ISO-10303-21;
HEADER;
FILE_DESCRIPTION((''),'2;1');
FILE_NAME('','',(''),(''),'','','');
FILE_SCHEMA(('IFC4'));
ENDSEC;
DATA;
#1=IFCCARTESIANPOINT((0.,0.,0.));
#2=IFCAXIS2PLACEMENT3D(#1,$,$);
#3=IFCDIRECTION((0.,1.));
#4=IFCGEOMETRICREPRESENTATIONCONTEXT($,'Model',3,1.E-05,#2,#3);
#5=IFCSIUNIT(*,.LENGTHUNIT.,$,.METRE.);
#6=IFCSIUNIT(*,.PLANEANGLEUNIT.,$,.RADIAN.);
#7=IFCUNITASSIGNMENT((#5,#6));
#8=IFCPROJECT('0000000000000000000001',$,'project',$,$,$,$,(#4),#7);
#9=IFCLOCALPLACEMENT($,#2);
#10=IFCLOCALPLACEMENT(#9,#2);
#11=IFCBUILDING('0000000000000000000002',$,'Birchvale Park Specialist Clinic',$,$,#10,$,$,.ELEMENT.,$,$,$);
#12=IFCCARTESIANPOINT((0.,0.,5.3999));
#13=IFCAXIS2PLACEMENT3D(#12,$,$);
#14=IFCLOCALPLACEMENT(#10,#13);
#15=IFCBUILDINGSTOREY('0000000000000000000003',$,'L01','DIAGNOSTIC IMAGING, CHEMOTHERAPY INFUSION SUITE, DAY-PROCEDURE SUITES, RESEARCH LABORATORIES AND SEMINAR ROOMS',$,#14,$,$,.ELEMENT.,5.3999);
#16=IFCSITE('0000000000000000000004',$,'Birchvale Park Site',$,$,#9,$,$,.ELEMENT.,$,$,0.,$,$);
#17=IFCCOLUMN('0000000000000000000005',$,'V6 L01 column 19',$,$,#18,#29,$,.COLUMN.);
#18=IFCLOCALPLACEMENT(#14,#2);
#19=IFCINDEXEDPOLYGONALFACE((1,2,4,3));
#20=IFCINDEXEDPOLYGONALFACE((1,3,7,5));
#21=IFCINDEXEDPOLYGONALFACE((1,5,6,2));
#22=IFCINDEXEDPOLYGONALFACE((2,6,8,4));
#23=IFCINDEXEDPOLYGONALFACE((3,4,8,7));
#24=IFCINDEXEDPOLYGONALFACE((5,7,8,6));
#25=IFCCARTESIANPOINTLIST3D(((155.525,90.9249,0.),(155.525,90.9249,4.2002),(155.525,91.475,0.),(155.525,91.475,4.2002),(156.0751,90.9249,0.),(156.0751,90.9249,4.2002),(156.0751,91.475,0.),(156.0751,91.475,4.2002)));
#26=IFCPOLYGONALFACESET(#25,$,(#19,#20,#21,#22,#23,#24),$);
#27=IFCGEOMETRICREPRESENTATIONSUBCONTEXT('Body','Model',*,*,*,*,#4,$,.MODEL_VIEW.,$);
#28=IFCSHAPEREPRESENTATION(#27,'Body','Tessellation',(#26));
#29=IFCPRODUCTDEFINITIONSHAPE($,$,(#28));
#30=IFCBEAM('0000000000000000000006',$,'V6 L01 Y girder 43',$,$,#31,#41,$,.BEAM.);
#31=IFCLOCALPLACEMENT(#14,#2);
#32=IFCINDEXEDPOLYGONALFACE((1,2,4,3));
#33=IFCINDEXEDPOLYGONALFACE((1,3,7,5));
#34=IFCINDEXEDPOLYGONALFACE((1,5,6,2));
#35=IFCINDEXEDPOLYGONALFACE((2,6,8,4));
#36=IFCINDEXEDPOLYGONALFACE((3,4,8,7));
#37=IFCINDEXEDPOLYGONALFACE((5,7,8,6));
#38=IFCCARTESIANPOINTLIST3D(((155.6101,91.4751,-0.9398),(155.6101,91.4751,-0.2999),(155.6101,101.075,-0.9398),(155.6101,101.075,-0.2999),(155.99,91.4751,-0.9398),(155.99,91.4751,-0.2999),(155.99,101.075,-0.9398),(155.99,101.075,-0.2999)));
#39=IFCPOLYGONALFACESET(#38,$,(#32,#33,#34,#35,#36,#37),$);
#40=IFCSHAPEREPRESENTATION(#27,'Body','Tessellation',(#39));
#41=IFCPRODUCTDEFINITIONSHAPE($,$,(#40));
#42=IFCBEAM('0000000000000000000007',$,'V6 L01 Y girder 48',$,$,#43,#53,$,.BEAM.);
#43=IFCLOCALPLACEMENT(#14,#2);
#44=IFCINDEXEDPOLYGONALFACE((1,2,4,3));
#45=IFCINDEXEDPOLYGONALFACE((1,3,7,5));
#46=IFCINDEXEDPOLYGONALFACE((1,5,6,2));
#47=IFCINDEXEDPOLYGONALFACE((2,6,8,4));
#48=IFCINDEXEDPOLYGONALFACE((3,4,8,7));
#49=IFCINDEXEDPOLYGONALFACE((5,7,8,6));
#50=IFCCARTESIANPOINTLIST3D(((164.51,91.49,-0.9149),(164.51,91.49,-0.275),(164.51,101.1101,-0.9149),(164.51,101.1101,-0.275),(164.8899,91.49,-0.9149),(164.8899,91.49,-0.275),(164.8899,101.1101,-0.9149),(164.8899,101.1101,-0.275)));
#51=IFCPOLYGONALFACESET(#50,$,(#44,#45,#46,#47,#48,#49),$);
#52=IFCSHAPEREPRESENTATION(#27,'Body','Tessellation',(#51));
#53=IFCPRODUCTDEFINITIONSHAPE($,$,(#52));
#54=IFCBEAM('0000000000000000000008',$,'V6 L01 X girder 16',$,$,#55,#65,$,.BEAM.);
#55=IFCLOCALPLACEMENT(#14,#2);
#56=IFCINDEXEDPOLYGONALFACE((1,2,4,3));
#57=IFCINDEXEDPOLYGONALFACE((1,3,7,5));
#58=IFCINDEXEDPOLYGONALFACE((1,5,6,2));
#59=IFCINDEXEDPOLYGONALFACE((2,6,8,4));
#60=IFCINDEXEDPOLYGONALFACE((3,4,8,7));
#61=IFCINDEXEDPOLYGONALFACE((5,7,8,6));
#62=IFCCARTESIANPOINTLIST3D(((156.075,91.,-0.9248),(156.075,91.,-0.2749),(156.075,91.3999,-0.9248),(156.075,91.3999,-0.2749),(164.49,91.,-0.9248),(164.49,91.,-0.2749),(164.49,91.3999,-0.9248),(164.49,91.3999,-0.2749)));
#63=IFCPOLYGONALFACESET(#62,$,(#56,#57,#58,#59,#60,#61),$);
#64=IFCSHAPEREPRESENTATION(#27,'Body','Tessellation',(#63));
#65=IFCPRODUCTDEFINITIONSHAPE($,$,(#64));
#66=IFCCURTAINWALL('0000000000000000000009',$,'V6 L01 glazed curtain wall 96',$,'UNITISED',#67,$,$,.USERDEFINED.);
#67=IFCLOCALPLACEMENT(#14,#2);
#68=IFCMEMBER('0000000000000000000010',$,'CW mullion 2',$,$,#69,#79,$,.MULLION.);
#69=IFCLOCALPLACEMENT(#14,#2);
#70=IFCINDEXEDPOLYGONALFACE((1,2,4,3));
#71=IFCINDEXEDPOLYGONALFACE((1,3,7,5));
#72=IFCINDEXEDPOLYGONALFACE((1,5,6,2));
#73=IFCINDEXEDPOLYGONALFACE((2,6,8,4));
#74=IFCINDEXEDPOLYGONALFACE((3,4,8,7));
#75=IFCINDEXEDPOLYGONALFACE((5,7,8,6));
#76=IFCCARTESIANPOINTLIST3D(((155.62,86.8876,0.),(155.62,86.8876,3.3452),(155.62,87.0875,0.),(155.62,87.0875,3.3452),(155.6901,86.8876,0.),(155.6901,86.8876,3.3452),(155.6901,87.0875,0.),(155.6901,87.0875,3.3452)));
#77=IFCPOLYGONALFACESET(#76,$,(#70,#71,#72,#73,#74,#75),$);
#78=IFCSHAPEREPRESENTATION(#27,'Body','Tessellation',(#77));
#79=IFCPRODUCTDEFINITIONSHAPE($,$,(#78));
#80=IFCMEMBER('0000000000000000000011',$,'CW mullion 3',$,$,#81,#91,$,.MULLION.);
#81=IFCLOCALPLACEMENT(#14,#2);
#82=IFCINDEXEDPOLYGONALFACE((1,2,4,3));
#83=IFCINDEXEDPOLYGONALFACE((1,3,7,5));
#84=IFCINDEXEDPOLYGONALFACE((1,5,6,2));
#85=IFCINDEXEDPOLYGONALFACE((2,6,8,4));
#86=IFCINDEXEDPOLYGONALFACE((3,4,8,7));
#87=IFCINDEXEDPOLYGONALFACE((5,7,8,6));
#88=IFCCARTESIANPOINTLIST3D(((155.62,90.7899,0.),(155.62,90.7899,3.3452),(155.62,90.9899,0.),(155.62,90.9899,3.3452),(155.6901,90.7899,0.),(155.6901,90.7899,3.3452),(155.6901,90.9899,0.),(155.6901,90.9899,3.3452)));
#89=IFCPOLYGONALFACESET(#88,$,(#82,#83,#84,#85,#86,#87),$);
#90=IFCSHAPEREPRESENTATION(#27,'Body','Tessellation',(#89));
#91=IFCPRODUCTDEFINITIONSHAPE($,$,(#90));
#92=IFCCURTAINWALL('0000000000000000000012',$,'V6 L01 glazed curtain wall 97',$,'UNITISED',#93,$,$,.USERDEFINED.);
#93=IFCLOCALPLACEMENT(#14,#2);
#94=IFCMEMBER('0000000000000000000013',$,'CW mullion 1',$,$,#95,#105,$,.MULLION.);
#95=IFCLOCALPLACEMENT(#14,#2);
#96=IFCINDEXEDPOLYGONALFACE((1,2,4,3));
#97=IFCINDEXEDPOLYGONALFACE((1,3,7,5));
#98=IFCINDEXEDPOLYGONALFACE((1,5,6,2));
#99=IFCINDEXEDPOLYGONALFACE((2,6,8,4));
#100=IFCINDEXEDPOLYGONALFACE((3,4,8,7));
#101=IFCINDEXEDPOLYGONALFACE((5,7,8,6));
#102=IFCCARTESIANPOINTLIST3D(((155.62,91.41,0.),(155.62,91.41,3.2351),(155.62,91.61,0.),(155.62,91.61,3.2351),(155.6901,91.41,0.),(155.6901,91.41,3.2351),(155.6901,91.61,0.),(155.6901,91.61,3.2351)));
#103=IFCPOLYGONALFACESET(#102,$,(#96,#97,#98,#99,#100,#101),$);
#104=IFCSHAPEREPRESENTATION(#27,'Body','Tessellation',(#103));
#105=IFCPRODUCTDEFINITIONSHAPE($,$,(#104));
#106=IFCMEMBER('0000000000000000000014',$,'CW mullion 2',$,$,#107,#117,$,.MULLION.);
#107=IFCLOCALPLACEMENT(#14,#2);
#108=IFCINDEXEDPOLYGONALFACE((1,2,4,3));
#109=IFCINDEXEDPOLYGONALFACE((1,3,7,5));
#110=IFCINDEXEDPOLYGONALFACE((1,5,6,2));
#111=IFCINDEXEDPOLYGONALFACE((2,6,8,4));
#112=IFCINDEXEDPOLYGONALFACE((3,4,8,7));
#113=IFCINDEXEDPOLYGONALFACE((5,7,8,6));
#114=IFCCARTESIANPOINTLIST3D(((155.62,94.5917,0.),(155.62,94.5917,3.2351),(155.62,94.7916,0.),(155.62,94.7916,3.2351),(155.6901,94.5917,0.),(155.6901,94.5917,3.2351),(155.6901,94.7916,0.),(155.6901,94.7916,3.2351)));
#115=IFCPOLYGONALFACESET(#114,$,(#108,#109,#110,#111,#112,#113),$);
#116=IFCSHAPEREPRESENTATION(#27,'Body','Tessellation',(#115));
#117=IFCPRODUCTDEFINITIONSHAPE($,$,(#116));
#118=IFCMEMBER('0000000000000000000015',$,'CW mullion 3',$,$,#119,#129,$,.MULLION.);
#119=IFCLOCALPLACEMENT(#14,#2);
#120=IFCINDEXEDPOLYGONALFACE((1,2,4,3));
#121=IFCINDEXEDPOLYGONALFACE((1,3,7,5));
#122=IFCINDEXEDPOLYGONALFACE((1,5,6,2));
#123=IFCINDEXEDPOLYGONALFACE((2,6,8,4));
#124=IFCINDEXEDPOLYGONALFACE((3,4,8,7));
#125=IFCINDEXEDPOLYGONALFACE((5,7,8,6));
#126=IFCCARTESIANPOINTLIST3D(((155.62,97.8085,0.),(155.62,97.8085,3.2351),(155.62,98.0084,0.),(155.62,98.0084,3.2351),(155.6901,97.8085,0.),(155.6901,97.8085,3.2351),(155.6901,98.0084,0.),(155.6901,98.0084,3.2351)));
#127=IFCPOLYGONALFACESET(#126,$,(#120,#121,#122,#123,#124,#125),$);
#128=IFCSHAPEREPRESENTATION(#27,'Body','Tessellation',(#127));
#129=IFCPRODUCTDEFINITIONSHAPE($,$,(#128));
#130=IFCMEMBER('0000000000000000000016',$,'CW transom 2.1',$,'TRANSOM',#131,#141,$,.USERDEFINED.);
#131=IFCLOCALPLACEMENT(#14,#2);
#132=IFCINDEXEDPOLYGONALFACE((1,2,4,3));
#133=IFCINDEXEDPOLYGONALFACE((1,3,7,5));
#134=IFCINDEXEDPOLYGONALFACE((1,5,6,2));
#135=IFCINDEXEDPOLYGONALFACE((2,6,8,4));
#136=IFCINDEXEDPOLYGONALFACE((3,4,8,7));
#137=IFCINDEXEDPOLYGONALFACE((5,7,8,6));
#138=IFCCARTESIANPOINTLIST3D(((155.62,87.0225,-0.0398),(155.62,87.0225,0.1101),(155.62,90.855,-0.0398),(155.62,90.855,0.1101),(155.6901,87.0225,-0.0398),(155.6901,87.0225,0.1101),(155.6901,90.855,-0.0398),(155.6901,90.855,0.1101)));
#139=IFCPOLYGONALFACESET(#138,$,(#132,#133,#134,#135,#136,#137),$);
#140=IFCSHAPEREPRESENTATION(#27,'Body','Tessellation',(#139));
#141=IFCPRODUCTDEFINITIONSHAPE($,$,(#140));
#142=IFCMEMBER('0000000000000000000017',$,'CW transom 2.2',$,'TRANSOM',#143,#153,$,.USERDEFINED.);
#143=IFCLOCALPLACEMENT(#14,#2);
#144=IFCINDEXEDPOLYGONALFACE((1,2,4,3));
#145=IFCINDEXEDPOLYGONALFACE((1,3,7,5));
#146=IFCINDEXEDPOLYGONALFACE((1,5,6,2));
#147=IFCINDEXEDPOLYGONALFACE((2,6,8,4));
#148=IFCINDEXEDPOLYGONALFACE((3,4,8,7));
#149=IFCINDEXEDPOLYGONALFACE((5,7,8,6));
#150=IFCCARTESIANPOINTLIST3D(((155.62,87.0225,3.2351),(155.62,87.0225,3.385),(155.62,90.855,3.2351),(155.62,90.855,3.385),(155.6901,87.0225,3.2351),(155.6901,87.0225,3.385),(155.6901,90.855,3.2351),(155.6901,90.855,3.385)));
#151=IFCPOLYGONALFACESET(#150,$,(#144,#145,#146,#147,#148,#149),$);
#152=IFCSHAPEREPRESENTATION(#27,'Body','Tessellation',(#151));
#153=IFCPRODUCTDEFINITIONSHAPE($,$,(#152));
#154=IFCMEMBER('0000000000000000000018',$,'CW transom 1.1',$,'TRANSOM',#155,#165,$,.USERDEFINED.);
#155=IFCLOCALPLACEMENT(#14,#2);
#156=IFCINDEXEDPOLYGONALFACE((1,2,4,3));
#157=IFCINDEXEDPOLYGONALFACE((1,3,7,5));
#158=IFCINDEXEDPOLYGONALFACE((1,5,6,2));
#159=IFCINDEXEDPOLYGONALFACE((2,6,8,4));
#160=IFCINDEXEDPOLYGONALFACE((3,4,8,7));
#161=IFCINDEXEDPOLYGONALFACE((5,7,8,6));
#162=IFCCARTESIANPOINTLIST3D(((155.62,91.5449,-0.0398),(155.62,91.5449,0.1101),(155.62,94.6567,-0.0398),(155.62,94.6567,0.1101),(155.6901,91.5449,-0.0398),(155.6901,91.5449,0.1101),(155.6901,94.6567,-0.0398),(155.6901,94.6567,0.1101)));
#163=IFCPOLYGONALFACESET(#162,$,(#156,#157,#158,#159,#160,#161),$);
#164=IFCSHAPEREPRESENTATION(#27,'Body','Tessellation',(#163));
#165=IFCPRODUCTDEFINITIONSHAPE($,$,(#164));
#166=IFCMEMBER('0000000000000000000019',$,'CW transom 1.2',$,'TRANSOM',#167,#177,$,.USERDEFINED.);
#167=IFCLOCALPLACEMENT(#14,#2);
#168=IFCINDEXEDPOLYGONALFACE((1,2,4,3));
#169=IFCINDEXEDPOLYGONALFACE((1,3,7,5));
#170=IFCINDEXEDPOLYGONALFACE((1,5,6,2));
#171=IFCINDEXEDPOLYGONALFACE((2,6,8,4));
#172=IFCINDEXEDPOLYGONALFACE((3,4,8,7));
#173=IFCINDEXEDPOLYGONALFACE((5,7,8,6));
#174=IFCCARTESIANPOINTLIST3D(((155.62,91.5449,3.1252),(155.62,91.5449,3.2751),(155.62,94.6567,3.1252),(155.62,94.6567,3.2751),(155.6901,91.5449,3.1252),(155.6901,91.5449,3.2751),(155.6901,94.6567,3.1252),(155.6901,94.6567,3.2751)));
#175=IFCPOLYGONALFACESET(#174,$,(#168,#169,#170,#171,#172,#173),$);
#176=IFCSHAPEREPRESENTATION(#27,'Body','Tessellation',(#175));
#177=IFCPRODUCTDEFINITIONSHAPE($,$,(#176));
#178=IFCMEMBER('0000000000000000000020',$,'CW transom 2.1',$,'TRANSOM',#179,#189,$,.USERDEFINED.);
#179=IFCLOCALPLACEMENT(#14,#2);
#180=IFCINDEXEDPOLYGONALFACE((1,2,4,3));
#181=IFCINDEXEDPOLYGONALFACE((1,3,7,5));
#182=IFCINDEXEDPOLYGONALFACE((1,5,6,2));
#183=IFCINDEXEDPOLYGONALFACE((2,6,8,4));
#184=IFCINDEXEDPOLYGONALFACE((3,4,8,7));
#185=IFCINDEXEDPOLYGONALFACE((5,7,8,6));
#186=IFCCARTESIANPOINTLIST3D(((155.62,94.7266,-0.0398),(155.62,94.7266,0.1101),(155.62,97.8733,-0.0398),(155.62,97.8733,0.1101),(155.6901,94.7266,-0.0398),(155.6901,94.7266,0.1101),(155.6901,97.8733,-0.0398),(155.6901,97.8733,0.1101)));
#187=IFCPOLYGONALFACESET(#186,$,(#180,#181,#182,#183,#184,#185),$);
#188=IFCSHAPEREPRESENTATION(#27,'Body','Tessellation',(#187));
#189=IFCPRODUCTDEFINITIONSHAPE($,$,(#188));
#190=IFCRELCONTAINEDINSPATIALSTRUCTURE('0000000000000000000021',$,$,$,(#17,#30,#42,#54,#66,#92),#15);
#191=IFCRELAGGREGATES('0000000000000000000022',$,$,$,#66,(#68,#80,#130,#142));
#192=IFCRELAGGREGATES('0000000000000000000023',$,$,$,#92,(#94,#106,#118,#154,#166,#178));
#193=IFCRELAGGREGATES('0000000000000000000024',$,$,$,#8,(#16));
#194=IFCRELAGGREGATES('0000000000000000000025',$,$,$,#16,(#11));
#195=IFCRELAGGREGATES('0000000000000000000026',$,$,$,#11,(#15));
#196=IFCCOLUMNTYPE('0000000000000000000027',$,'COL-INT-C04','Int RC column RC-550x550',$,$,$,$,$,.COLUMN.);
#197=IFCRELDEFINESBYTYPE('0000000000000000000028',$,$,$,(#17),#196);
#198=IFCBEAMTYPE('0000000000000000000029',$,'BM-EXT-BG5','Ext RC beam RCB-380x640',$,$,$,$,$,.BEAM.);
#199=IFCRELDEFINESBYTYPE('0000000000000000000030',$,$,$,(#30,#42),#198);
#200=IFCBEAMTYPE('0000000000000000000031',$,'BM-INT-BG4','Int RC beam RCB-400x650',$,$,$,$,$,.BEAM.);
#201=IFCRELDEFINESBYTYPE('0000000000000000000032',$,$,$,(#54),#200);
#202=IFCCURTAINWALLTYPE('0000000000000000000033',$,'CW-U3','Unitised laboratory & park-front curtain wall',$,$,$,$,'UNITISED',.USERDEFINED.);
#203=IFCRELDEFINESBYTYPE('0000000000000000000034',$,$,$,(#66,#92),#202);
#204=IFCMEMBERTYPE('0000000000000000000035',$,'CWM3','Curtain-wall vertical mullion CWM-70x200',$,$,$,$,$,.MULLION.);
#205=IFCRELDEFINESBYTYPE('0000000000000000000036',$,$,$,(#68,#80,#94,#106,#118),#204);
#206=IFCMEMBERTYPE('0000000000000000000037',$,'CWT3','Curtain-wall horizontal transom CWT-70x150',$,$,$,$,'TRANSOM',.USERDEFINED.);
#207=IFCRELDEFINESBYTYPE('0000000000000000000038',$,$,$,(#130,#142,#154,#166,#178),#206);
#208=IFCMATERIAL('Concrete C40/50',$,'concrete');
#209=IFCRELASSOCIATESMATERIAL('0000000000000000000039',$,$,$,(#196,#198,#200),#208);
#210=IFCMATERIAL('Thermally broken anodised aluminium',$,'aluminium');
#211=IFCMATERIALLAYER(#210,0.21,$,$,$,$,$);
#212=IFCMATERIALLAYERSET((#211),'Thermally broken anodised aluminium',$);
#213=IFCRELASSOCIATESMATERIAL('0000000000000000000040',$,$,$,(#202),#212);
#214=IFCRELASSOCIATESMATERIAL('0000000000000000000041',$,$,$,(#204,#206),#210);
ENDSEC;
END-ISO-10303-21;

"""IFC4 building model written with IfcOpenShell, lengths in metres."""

from ifc_helpers import new_model, si_unit, direction, frame, origin, origin_2d, place, context, subcontext, project, spatial, rectangle, extrude, material, layer, layer_set, material_profile, profile_set, type_object, element, aggregate, save


model = new_model("IFC4")

# Units and contexts
model_context = context("Model", 3, precision=1e-05, world=origin(), true_north=direction((0.0, 1.0)))
body_context = subcontext(model_context, "Body", "Model", "MODEL_VIEW")
ifc_project = project(units=[si_unit("LENGTHUNIT", "METRE"), si_unit("PLANEANGLEUNIT", "RADIAN")], contexts=[model_context])

# Site, building, storey
site_placement = place(None, origin())
site = spatial("IfcSite", under=ifc_project, at=site_placement, Name="Birchvale Park Site", CompositionType="ELEMENT", RefElevation=0.0)
building_placement = place(site_placement, origin())
building = spatial("IfcBuilding", under=site, at=building_placement, Name="Birchvale Park Specialist Clinic", CompositionType="ELEMENT")
storey_placement = place(building_placement, frame((0.0, 0.0, 5.3999)))
storey = spatial("IfcBuildingStorey", under=building, at=storey_placement, Name="L01", Description="DIAGNOSTIC IMAGING, CHEMOTHERAPY INFUSION SUITE, DAY-PROCEDURE SUITES, RESEARCH LABORATORIES AND SEMINAR ROOMS", CompositionType="ELEMENT", Elevation=5.3999)

# Column
ifc_material_1 = material(Name="Concrete C40/50", Category="concrete")
ifc_material_profile_1 = material_profile(ifc_material_1, rectangle(XDim=0.55, YDim=0.55, at=origin_2d()), Name="RC-550x550")
ifc_profile_set_1 = profile_set([ifc_material_profile_1], Name="Concrete C40/50")
column_type = type_object("IfcColumnType", Name="COL-INT-C04", Description="Int RC column RC-550x550", PredefinedType="COLUMN", material=ifc_profile_set_1)
column_placement = place(storey_placement, frame((155.8, 91.2, 0.0), z_axis=(0.0, 0.0, 1.0), x_axis=(1.0, 0.0, 0.0)))
element("IfcColumn", 1, at=column_placement, inside=storey, type_object=column_type, Name="V6 L01 column 19", PredefinedType="COLUMN", context=body_context, shape_type="SweptSolid", body=[
    extrude(rectangle(XDim=0.55, YDim=0.55, at=origin_2d()), origin(), (0.0, 0.0, 1.0), 4.2002),
])

# Beams
ifc_material_profile_2 = material_profile(ifc_material_1, rectangle(XDim=0.3799, YDim=0.6399, at=origin_2d()), Name="RCB-380x640")
ifc_profile_set_2 = profile_set([ifc_material_profile_2], Name="Concrete C40/50")
beam_type_1 = type_object("IfcBeamType", Name="BM-EXT-BG5", Description="Ext RC beam RCB-380x640", PredefinedType="BEAM", material=ifc_profile_set_2)
beam_1_placement = place(storey_placement, frame((155.8, 91.4751, -0.6199), z_axis=(0.0, 1.0, 0.0), x_axis=(-1.0, 0.0, 0.0)))
element("IfcBeam", 2, at=beam_1_placement, inside=storey, type_object=beam_type_1, Name="V6 L01 Y girder 43", PredefinedType="BEAM", context=body_context, shape_type="SweptSolid", body=[
    extrude(rectangle(XDim=0.3799, YDim=0.6399, at=origin_2d()), origin(), (0.0, 0.0, 1.0), 9.5999),
])
beam_2_placement = place(storey_placement, frame((164.7, 91.49, -0.595), z_axis=(0.0, 1.0, 0.0), x_axis=(-1.0, 0.0, 0.0)))
element("IfcBeam", 3, at=beam_2_placement, inside=storey, type_object=beam_type_1, Name="V6 L01 Y girder 48", PredefinedType="BEAM", context=body_context, shape_type="SweptSolid", body=[
    extrude(rectangle(XDim=0.3799, YDim=0.6399, at=origin_2d()), origin(), (0.0, 0.0, 1.0), 9.6201),
])
ifc_material_profile_3 = material_profile(ifc_material_1, rectangle(XDim=0.3999, YDim=0.6499, at=origin_2d()), Name="RCB-400x650")
ifc_profile_set_3 = profile_set([ifc_material_profile_3], Name="Concrete C40/50")
beam_type_2 = type_object("IfcBeamType", Name="BM-INT-BG4", Description="Int RC beam RCB-400x650", PredefinedType="BEAM", material=ifc_profile_set_3)
beam_3_placement = place(storey_placement, frame((156.075, 91.2, -0.5999), z_axis=(1.0, 0.0, 0.0), x_axis=(0.0, 1.0, 0.0)))
element("IfcBeam", 4, at=beam_3_placement, inside=storey, type_object=beam_type_2, Name="V6 L01 X girder 16", PredefinedType="BEAM", context=body_context, shape_type="SweptSolid", body=[
    extrude(rectangle(XDim=0.3999, YDim=0.6499, at=origin_2d()), origin(), (0.0, 0.0, 1.0), 8.415),
])

# Curtain walls, members
ifc_material_2 = material(Name="Thermally broken anodised aluminium", Category="aluminium")
ifc_layer_1 = layer(ifc_material_2, 0.21)
ifc_layer_set_1 = layer_set([ifc_layer_1], Name="Thermally broken anodised aluminium")
curtain_wall_type = type_object("IfcCurtainWallType", Name="CW-U3", Description="Unitised laboratory & park-front curtain wall", ElementType="UNITISED", PredefinedType="USERDEFINED", material=ifc_layer_set_1)
curtain_wall_1_placement = place(storey_placement, origin())
curtain_wall_1 = element("IfcCurtainWall", 5, at=curtain_wall_1_placement, inside=storey, type_object=curtain_wall_type, Name="V6 L01 glazed curtain wall 96", ObjectType="UNITISED", PredefinedType="USERDEFINED")
ifc_material_profile_4 = material_profile(ifc_material_2, rectangle(XDim=0.0701, YDim=0.2, at=origin_2d()), Name="CWM-70x200")
ifc_profile_set_4 = profile_set([ifc_material_profile_4], Name="Thermally broken anodised aluminium")
member_type_1 = type_object("IfcMemberType", Name="CWM3", Description="Curtain-wall vertical mullion CWM-70x200", PredefinedType="MULLION", material=ifc_profile_set_4)
member_1_placement = place(storey_placement, frame((155.655, 86.9875, 0.0), z_axis=(0.0, 0.0, 1.0), x_axis=(-1.0, 0.0, 0.0)))
member_1 = element("IfcMember", 6, at=member_1_placement, type_object=member_type_1, Name="CW mullion 2", PredefinedType="MULLION", context=body_context, shape_type="SweptSolid", body=[
    extrude(rectangle(XDim=0.0701, YDim=0.2, at=origin_2d()), origin(), (0.0, 0.0, 1.0), 3.3452),
])
member_2_placement = place(storey_placement, frame((155.655, 90.8899, 0.0), z_axis=(0.0, 0.0, 1.0), x_axis=(-1.0, 0.0, 0.0)))
member_2 = element("IfcMember", 7, at=member_2_placement, type_object=member_type_1, Name="CW mullion 3", PredefinedType="MULLION", context=body_context, shape_type="SweptSolid", body=[
    extrude(rectangle(XDim=0.0701, YDim=0.2, at=origin_2d()), origin(), (0.0, 0.0, 1.0), 3.3452),
])
curtain_wall_2_placement = place(storey_placement, origin())
curtain_wall_2 = element("IfcCurtainWall", 8, at=curtain_wall_2_placement, inside=storey, type_object=curtain_wall_type, Name="V6 L01 glazed curtain wall 97", ObjectType="UNITISED", PredefinedType="USERDEFINED")
member_3_placement = place(storey_placement, frame((155.655, 91.51, 0.0), z_axis=(0.0, 0.0, 1.0), x_axis=(-1.0, 0.0, 0.0)))
member_3 = element("IfcMember", 9, at=member_3_placement, type_object=member_type_1, Name="CW mullion 1", PredefinedType="MULLION", context=body_context, shape_type="SweptSolid", body=[
    extrude(rectangle(XDim=0.0701, YDim=0.2, at=origin_2d()), origin(), (0.0, 0.0, 1.0), 3.2351),
])
member_4_placement = place(storey_placement, frame((155.655, 94.6917, 0.0), z_axis=(0.0, 0.0, 1.0), x_axis=(-1.0, 0.0, 0.0)))
member_4 = element("IfcMember", 10, at=member_4_placement, type_object=member_type_1, Name="CW mullion 2", PredefinedType="MULLION", context=body_context, shape_type="SweptSolid", body=[
    extrude(rectangle(XDim=0.0701, YDim=0.2, at=origin_2d()), origin(), (0.0, 0.0, 1.0), 3.2351),
])
member_5_placement = place(storey_placement, frame((155.655, 97.9084, 0.0), z_axis=(0.0, 0.0, 1.0), x_axis=(-1.0, 0.0, 0.0)))
member_5 = element("IfcMember", 11, at=member_5_placement, type_object=member_type_1, Name="CW mullion 3", PredefinedType="MULLION", context=body_context, shape_type="SweptSolid", body=[
    extrude(rectangle(XDim=0.0701, YDim=0.2, at=origin_2d()), origin(), (0.0, 0.0, 1.0), 3.2351),
])

# Members
ifc_material_profile_5 = material_profile(ifc_material_2, rectangle(XDim=0.0701, YDim=0.1499, at=origin_2d()), Name="CWT-70x150")
ifc_profile_set_5 = profile_set([ifc_material_profile_5], Name="Thermally broken anodised aluminium")
member_type_2 = type_object("IfcMemberType", Name="CWT3", Description="Curtain-wall horizontal transom CWT-70x150", ElementType="TRANSOM", PredefinedType="USERDEFINED", material=ifc_profile_set_5)
member_6_placement = place(storey_placement, frame((155.655, 87.0225, 0.0352), z_axis=(0.0, 1.0, 0.0), x_axis=(-1.0, 0.0, 0.0)))
member_6 = element("IfcMember", 12, at=member_6_placement, type_object=member_type_2, Name="CW transom 2.1", ObjectType="TRANSOM", PredefinedType="USERDEFINED", context=body_context, shape_type="SweptSolid", body=[
    extrude(rectangle(XDim=0.0701, YDim=0.1499, at=origin_2d()), origin(), (0.0, 0.0, 1.0), 3.8325),
])
member_7_placement = place(storey_placement, frame((155.655, 87.0225, 3.3101), z_axis=(0.0, 1.0, 0.0), x_axis=(-1.0, 0.0, 0.0)))
member_7 = element("IfcMember", 13, at=member_7_placement, type_object=member_type_2, Name="CW transom 2.2", ObjectType="TRANSOM", PredefinedType="USERDEFINED", context=body_context, shape_type="SweptSolid", body=[
    extrude(rectangle(XDim=0.0701, YDim=0.1499, at=origin_2d()), origin(), (0.0, 0.0, 1.0), 3.8325),
])
member_8_placement = place(storey_placement, frame((155.655, 91.5449, 0.0352), z_axis=(0.0, 1.0, 0.0), x_axis=(-1.0, 0.0, 0.0)))
member_8 = element("IfcMember", 14, at=member_8_placement, type_object=member_type_2, Name="CW transom 1.1", ObjectType="TRANSOM", PredefinedType="USERDEFINED", context=body_context, shape_type="SweptSolid", body=[
    extrude(rectangle(XDim=0.0701, YDim=0.1499, at=origin_2d()), origin(), (0.0, 0.0, 1.0), 3.1118),
])
member_9_placement = place(storey_placement, frame((155.655, 91.5449, 3.2002), z_axis=(0.0, 1.0, 0.0), x_axis=(-1.0, 0.0, 0.0)))
member_9 = element("IfcMember", 15, at=member_9_placement, type_object=member_type_2, Name="CW transom 1.2", ObjectType="TRANSOM", PredefinedType="USERDEFINED", context=body_context, shape_type="SweptSolid", body=[
    extrude(rectangle(XDim=0.0701, YDim=0.1499, at=origin_2d()), origin(), (0.0, 0.0, 1.0), 3.1118),
])
member_10_placement = place(storey_placement, frame((155.655, 94.7266, 0.0352), z_axis=(0.0, 1.0, 0.0), x_axis=(-1.0, 0.0, 0.0)))
member_10 = element("IfcMember", 16, at=member_10_placement, type_object=member_type_2, Name="CW transom 2.1", ObjectType="TRANSOM", PredefinedType="USERDEFINED", context=body_context, shape_type="SweptSolid", body=[
    extrude(rectangle(XDim=0.0701, YDim=0.1499, at=origin_2d()), origin(), (0.0, 0.0, 1.0), 3.1467),
])

aggregate(curtain_wall_1, [member_1, member_2, member_6, member_7])
aggregate(curtain_wall_2, [member_3, member_4, member_5, member_8, member_9, member_10])

save(model, "model.ifc")
